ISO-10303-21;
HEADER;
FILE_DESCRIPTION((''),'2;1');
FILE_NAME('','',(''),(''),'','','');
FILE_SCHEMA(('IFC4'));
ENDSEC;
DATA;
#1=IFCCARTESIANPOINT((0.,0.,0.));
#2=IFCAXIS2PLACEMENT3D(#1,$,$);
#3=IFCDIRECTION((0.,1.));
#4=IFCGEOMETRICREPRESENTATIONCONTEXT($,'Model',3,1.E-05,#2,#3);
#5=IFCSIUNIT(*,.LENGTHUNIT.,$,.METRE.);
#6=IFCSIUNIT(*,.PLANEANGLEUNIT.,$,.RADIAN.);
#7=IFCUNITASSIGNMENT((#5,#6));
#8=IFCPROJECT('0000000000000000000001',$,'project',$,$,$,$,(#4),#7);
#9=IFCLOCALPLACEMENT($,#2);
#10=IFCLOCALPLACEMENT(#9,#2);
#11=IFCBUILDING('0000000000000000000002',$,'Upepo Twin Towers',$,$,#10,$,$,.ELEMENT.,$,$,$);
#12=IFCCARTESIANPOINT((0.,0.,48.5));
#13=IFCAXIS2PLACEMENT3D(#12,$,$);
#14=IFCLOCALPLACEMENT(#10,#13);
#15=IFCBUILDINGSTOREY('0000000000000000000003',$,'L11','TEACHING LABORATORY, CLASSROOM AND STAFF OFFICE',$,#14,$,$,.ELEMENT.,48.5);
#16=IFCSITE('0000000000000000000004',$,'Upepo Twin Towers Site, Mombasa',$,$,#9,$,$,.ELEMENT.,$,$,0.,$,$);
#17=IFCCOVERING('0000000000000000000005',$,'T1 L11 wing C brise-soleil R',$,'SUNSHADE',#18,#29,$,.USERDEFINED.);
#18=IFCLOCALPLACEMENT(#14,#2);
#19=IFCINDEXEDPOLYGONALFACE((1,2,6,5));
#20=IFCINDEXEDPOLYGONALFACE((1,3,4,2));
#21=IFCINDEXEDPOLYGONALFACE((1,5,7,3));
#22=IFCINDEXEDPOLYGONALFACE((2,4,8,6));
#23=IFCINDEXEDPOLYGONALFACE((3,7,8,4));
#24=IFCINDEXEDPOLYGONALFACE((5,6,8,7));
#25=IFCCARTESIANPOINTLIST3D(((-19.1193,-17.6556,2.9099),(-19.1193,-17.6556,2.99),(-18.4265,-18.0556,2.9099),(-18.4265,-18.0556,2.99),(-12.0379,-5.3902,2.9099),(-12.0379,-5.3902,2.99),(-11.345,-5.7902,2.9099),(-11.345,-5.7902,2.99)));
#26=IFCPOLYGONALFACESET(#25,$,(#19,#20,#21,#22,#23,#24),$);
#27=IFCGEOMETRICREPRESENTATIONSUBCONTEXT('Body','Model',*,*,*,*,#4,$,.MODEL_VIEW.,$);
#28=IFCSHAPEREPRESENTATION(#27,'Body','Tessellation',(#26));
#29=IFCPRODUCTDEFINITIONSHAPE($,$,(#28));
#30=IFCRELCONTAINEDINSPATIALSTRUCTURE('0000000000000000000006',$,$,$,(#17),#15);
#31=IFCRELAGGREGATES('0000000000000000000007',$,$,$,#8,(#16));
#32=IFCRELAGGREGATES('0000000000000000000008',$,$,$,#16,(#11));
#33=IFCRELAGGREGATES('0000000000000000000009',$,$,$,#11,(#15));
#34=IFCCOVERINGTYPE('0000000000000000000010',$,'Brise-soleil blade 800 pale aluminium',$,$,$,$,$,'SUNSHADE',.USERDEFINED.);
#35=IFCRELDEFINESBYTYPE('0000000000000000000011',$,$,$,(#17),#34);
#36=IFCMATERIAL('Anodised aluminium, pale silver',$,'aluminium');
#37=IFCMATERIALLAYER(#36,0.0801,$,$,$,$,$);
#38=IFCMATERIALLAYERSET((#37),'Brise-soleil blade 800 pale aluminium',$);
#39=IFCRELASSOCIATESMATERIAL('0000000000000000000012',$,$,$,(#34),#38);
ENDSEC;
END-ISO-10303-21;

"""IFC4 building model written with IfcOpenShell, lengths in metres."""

from ifc_helpers import new_model, si_unit, direction, frame, origin, origin_2d, place, context, subcontext, project, spatial, rectangle, extrude, material, layer, layer_set, type_object, element, save


model = new_model("IFC4")

# Units and contexts
model_context = context("Model", 3, precision=1e-05, world=origin(), true_north=direction((0.0, 1.0)))
body_context = subcontext(model_context, "Body", "Model", "MODEL_VIEW")
ifc_project = project(units=[si_unit("LENGTHUNIT", "METRE"), si_unit("PLANEANGLEUNIT", "RADIAN")], contexts=[model_context])

# Site, building, storey
site_placement = place(None, origin())
site = spatial("IfcSite", under=ifc_project, at=site_placement, Name="Upepo Twin Towers Site, Mombasa", CompositionType="ELEMENT", RefElevation=0.0)
building_placement = place(site_placement, origin())
building = spatial("IfcBuilding", under=site, at=building_placement, Name="Upepo Twin Towers", CompositionType="ELEMENT")
storey_placement = place(building_placement, frame((0.0, 0.0, 48.5)))
storey = spatial("IfcBuildingStorey", under=building, at=storey_placement, Name="L11", Description="TEACHING LABORATORY, CLASSROOM AND STAFF OFFICE", CompositionType="ELEMENT", Elevation=48.5)

# Covering
ifc_material_1 = material(Name="Anodised aluminium, pale silver", Category="aluminium")
ifc_layer_1 = layer(ifc_material_1, 0.0801)
ifc_layer_set_1 = layer_set([ifc_layer_1], Name="Brise-soleil blade 800 pale aluminium")
covering_type = type_object("IfcCoveringType", Name="Brise-soleil blade 800 pale aluminium", ElementType="SUNSHADE", PredefinedType="USERDEFINED", material=ifc_layer_set_1)
covering_placement = place(storey_placement, frame((-15.2322, -11.7229, 2.9099), z_axis=(0.0, 0.0, 1.0), x_axis=(-0.5, -0.866025, 0.0)))
element("IfcCovering", 1, at=covering_placement, inside=storey, type_object=covering_type, Name="T1 L11 wing C brise-soleil R", ObjectType="SUNSHADE", PredefinedType="USERDEFINED", context=body_context, shape_type="SweptSolid", body=[
    extrude(rectangle(XDim=14.1628, YDim=0.8, at=origin_2d()), origin(), (0.0, 0.0, 1.0), 0.0801),
])

save(model, "model.ifc")
